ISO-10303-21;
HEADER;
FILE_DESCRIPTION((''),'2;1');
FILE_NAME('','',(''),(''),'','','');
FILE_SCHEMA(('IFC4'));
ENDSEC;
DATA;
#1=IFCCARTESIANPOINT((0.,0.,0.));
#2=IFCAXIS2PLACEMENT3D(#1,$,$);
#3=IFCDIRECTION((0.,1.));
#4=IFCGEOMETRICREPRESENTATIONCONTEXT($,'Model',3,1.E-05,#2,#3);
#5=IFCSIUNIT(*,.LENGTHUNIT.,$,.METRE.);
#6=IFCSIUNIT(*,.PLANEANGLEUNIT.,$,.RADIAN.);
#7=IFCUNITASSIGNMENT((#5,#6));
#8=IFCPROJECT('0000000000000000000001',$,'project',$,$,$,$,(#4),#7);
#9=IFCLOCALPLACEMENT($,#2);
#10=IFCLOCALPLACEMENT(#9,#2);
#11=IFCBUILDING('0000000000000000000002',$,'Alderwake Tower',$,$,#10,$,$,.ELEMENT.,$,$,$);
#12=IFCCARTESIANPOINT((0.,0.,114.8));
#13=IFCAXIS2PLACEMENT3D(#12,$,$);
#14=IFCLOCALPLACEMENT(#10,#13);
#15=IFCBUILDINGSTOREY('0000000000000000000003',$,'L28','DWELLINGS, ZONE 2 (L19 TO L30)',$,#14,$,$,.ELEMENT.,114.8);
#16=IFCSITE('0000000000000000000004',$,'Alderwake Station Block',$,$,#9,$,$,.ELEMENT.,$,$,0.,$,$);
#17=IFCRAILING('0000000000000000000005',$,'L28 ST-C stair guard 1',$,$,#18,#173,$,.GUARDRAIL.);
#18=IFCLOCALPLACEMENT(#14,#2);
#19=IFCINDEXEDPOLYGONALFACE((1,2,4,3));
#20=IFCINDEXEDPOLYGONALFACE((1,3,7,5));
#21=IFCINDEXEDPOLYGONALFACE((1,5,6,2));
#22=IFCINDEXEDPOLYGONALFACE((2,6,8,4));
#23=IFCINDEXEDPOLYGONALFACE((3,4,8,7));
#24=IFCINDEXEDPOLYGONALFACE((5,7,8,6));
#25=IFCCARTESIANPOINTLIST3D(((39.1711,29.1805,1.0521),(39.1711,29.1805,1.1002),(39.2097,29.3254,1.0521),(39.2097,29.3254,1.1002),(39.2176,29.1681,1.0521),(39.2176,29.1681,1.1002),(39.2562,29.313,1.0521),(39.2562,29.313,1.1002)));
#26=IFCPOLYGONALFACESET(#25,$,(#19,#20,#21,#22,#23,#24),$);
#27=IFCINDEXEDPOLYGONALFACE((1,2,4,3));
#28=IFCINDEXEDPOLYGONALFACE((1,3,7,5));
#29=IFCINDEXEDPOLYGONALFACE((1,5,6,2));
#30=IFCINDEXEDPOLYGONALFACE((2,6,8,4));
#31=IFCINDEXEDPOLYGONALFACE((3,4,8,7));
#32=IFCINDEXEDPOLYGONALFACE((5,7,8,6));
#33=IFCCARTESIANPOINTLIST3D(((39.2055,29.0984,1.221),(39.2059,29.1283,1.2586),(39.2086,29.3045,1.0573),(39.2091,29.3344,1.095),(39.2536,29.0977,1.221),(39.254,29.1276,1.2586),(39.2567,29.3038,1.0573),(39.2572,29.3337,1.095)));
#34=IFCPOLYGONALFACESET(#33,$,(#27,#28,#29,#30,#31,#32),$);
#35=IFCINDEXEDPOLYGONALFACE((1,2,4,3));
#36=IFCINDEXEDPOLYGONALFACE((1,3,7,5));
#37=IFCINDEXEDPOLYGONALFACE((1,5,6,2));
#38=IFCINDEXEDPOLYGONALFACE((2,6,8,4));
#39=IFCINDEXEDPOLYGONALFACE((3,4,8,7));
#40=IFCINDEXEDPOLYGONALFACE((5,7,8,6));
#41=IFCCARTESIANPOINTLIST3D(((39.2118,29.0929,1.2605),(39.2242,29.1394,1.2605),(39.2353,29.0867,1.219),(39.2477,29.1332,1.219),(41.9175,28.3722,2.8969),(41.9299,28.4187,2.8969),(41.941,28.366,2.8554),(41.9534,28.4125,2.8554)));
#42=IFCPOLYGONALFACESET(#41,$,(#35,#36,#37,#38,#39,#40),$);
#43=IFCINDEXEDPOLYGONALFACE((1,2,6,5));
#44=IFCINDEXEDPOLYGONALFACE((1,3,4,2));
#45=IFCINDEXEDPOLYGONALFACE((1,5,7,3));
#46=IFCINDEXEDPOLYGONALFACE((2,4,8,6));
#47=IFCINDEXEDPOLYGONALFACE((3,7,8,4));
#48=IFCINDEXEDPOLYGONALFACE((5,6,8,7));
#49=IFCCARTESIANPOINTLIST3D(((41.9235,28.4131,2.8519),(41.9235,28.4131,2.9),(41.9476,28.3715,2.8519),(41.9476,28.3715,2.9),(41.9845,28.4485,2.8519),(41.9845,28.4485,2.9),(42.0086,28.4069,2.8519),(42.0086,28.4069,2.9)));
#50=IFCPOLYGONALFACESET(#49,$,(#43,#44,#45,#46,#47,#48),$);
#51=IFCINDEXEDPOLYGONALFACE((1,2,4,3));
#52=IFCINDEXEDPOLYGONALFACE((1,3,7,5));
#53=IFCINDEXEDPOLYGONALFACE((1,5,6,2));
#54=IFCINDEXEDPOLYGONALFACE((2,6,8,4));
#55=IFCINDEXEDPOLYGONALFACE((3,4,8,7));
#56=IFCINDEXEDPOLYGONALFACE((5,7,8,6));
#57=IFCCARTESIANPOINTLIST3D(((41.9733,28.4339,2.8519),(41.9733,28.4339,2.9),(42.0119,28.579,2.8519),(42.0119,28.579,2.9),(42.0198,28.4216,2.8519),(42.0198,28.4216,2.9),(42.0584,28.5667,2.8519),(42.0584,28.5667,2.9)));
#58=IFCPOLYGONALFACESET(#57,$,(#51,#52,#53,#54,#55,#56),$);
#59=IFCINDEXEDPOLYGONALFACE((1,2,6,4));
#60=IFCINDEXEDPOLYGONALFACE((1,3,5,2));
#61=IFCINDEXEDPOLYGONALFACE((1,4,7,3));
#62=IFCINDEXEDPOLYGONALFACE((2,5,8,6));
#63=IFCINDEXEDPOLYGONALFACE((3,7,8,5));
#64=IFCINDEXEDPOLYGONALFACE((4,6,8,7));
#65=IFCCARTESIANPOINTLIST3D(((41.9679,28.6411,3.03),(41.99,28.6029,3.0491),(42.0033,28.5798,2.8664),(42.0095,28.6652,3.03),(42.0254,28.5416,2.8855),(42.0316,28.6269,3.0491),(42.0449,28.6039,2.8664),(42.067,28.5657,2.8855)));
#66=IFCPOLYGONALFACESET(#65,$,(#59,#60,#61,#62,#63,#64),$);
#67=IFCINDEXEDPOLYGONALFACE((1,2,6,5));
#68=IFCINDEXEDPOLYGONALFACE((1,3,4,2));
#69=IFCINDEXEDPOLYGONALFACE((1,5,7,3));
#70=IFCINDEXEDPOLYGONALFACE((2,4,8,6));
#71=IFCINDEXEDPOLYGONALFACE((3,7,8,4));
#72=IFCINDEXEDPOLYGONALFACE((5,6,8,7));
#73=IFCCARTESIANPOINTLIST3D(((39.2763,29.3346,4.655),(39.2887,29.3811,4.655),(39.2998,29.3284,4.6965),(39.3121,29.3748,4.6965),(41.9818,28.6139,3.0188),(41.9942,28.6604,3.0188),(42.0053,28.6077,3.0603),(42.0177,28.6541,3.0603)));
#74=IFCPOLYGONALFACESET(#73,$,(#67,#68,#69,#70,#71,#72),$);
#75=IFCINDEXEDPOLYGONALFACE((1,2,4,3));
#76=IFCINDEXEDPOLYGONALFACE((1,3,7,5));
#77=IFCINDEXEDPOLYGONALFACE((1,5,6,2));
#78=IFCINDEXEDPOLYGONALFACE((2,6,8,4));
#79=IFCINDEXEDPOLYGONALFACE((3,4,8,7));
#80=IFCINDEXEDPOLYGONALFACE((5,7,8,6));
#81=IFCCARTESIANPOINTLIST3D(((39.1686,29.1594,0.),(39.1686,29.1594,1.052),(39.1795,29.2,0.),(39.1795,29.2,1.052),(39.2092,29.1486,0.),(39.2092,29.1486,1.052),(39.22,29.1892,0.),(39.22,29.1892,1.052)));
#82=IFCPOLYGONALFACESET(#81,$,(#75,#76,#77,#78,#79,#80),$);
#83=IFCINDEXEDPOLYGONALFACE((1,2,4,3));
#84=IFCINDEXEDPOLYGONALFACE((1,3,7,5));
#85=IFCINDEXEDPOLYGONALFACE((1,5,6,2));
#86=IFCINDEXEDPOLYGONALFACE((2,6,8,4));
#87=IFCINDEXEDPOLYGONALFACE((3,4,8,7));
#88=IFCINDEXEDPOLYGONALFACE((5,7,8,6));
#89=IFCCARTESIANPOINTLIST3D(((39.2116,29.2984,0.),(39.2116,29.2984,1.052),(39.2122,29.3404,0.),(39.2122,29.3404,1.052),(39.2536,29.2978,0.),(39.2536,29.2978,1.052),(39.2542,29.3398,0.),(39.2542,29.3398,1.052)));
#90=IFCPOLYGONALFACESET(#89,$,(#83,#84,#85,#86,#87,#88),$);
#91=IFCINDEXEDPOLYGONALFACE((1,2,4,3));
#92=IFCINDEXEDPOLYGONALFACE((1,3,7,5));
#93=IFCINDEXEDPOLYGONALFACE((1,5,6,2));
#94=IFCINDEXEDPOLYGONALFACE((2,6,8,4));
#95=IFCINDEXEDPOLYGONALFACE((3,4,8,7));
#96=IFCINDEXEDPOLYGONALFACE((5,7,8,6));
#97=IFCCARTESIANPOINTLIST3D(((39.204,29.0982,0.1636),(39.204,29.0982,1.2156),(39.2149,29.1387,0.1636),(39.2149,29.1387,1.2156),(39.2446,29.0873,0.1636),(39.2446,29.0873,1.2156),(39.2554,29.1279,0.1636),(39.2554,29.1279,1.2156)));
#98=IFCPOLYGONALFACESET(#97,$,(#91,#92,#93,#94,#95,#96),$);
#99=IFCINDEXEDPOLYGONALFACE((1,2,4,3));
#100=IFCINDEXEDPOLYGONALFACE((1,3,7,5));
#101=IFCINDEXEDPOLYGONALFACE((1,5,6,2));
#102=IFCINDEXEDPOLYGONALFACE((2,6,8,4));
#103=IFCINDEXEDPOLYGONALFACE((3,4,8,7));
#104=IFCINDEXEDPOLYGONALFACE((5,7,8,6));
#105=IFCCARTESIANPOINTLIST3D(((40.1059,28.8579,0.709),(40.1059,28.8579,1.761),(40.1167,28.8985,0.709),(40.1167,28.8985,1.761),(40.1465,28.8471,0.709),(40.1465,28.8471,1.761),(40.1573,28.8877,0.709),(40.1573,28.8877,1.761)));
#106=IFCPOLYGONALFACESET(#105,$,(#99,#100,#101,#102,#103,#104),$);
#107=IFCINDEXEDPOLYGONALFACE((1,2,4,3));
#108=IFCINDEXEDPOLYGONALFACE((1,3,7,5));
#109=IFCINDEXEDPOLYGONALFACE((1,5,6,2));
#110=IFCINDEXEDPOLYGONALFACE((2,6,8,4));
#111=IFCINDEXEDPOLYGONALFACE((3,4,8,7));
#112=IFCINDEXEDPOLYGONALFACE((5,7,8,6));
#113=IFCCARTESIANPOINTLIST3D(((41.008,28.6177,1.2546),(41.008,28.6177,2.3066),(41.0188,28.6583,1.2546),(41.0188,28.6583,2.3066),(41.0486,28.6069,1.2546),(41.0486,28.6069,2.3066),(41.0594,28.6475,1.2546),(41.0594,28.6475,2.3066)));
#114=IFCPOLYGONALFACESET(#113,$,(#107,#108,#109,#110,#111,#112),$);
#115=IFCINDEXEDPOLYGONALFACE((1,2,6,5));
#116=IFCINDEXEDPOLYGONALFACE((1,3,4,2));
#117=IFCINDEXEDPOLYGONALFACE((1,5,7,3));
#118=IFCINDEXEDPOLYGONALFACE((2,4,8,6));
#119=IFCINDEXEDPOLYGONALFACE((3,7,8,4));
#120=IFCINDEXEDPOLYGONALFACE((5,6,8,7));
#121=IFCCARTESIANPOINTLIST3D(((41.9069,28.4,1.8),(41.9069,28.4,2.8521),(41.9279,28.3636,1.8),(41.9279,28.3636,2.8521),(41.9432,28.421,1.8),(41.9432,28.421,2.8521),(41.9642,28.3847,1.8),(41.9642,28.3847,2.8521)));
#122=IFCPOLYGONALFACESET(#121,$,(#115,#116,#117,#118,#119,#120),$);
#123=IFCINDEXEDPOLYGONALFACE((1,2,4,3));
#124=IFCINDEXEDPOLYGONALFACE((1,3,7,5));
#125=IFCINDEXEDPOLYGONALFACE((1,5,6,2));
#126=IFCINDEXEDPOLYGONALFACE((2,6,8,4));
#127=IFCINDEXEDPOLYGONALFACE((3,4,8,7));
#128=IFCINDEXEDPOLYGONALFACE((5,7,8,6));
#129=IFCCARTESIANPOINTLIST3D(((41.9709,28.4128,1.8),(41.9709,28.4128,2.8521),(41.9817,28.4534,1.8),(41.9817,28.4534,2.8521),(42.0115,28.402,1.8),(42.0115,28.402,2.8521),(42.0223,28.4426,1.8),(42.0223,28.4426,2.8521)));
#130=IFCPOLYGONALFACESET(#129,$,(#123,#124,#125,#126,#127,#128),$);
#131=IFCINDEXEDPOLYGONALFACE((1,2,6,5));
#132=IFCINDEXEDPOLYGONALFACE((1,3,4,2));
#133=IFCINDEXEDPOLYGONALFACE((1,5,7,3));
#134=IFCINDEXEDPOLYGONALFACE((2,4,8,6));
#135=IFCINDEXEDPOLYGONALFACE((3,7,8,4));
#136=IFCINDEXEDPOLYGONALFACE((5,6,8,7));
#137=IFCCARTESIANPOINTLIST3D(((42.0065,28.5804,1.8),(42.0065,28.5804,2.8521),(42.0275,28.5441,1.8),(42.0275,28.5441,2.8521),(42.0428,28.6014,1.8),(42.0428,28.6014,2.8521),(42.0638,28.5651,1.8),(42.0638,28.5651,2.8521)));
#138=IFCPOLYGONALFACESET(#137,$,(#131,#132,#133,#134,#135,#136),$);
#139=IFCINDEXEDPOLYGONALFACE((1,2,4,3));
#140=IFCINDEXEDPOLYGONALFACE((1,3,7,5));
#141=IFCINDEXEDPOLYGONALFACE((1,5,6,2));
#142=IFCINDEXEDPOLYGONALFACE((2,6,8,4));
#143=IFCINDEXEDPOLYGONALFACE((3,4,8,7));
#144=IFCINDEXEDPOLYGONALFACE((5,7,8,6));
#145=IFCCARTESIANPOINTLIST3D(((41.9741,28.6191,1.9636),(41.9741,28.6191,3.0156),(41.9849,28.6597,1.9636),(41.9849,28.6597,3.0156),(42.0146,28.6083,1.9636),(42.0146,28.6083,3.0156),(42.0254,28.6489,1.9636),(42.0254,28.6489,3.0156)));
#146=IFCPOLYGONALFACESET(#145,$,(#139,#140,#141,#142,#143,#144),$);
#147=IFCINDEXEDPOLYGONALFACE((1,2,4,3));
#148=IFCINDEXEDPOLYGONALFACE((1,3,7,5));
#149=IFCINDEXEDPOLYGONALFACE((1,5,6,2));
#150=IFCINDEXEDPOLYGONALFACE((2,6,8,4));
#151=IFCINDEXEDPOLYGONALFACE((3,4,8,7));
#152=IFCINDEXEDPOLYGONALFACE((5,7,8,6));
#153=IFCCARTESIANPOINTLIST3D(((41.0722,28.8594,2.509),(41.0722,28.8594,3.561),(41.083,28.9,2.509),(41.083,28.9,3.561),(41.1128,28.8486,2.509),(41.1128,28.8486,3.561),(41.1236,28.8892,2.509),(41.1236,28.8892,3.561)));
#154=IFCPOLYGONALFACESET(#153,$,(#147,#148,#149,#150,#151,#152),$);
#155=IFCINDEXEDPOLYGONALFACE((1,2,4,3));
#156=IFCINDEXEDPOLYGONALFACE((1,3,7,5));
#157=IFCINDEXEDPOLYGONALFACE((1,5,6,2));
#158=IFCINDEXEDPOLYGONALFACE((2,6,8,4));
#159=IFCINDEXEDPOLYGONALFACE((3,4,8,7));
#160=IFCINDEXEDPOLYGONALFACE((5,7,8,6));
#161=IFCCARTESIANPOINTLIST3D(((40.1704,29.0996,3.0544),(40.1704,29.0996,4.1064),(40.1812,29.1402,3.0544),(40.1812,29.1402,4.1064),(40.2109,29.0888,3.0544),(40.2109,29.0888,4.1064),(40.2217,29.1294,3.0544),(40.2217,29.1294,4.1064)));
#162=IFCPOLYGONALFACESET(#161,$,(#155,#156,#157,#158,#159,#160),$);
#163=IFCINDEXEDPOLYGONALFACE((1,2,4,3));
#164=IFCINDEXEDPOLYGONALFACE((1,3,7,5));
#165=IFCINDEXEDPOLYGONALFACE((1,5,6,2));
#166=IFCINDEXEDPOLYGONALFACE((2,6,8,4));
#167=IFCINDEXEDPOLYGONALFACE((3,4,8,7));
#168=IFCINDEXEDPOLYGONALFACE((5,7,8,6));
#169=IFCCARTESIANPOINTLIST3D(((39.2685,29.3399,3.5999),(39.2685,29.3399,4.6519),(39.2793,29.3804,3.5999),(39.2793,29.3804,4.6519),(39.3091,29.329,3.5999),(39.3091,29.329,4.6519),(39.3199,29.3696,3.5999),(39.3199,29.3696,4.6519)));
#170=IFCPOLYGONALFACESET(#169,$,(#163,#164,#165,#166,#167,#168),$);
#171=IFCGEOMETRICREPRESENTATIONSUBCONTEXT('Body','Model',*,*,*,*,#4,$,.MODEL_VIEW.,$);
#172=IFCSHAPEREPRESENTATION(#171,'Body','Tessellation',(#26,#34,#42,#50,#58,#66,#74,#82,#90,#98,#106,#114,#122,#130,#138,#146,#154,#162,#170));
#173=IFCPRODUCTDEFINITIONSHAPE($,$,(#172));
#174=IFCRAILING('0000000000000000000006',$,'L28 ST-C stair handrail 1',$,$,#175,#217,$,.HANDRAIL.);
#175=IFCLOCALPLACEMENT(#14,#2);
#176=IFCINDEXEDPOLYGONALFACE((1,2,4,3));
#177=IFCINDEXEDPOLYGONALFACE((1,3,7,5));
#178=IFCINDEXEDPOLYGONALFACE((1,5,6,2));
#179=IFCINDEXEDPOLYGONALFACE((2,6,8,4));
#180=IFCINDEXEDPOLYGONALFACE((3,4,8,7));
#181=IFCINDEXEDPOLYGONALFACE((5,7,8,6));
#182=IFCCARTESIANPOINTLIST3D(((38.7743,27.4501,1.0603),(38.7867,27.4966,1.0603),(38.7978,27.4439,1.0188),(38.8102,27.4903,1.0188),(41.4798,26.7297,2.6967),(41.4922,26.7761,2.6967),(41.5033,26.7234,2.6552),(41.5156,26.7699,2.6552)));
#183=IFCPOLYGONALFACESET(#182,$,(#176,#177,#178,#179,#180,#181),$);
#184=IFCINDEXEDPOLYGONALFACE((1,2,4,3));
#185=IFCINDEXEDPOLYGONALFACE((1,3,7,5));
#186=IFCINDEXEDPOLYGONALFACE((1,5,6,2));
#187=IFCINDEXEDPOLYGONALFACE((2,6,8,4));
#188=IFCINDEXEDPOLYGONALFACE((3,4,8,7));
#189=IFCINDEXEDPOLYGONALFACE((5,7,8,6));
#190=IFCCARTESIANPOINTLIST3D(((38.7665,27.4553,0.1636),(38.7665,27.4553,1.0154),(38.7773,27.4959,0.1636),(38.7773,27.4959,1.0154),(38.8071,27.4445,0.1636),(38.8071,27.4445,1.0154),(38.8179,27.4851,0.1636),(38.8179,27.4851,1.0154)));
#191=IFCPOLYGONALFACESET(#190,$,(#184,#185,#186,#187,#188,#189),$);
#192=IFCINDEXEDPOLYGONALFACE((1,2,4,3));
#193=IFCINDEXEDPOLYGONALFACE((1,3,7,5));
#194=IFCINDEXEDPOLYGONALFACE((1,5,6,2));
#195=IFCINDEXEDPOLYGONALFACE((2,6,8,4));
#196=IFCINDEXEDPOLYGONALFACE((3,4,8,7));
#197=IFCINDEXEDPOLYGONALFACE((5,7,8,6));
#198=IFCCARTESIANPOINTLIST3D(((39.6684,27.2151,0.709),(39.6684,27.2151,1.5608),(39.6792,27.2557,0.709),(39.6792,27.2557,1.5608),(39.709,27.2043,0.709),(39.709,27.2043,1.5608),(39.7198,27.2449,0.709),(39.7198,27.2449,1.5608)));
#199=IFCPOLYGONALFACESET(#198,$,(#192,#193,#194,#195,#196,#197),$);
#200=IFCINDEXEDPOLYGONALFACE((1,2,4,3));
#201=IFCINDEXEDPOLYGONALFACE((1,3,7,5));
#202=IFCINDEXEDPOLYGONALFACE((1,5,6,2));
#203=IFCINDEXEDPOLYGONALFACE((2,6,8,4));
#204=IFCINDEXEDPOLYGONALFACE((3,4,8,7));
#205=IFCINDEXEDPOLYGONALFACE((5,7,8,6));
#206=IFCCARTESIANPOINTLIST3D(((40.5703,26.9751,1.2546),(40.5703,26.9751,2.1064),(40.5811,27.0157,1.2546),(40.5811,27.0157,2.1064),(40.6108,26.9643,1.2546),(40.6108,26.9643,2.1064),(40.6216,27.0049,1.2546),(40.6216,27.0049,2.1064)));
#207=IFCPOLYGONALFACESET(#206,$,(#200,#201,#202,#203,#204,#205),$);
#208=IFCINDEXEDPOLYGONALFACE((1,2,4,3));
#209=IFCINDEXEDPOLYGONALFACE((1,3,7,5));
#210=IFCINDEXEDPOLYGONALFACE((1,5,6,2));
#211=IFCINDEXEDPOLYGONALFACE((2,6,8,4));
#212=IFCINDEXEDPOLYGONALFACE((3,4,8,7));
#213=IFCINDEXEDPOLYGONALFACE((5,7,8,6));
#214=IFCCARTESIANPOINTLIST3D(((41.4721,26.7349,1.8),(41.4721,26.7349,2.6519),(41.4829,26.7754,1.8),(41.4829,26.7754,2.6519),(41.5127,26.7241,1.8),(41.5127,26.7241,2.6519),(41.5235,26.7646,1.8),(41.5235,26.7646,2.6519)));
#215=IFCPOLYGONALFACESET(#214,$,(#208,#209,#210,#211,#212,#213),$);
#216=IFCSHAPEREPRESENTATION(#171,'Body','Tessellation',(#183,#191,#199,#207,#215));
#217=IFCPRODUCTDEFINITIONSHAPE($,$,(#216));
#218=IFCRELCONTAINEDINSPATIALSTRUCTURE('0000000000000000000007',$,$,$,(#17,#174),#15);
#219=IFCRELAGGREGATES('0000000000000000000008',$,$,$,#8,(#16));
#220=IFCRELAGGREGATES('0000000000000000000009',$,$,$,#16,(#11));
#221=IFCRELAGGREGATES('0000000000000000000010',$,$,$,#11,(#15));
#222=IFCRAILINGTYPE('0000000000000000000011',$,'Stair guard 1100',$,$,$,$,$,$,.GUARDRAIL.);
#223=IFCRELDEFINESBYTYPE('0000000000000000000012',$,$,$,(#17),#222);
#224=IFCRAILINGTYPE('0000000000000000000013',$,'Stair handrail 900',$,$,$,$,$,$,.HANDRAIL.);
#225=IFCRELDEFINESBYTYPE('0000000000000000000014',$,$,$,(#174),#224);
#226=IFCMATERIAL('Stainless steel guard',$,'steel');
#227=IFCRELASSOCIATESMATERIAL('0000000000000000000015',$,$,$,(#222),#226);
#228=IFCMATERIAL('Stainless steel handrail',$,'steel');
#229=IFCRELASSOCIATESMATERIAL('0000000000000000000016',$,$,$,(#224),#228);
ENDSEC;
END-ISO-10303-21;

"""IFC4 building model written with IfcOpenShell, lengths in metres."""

from ifc_helpers import new_model, si_unit, direction, frame, origin, origin_2d, place, context, subcontext, project, spatial, rectangle, extrude, material, type_object, element, save


model = new_model("IFC4")

# Units and contexts
model_context = context("Model", 3, precision=1e-05, world=origin(), true_north=direction((0.0, 1.0)))
body_context = subcontext(model_context, "Body", "Model", "MODEL_VIEW")
ifc_project = project(units=[si_unit("LENGTHUNIT", "METRE"), si_unit("PLANEANGLEUNIT", "RADIAN")], contexts=[model_context])

# Site, building, storey
site_placement = place(None, origin())
site = spatial("IfcSite", under=ifc_project, at=site_placement, Name="Alderwake Station Block", CompositionType="ELEMENT", RefElevation=0.0)
building_placement = place(site_placement, origin())
building = spatial("IfcBuilding", under=site, at=building_placement, Name="Alderwake Tower", CompositionType="ELEMENT")
storey_placement = place(building_placement, frame((0.0, 0.0, 114.8)))
storey = spatial("IfcBuildingStorey", under=building, at=storey_placement, Name="L28", Description="DWELLINGS, ZONE 2 (L19 TO L30)", CompositionType="ELEMENT", Elevation=114.8)

# Railings
ifc_material_1 = material(Name="Stainless steel guard", Category="steel")
railing_type_1 = type_object("IfcRailingType", Name="Stair guard 1100", PredefinedType="GUARDRAIL", material=ifc_material_1)
railing_1_placement = place(storey_placement, frame((39.1943, 29.1743, 0.0)))
element("IfcRailing", 1, at=railing_1_placement, inside=storey, type_object=railing_type_1, Name="L28 ST-C stair guard 1", PredefinedType="GUARDRAIL", context=body_context, shape_type="SweptSolid", body=[
    extrude(rectangle(XDim=0.0481, YDim=0.0481, at=origin_2d()), frame((0.0, 0.0, 1.0762), z_axis=(0.25746, 0.966289, 0.0), x_axis=(-0.966289, 0.25746, 0.0)), (0.0, 0.0, 1.0), 0.1499),
    extrude(rectangle(XDim=0.0481, YDim=0.0481, at=origin_2d()), frame((0.0386, 0.1448, 1.0762), z_axis=(-0.012063, -0.78316, 0.621703), x_axis=(0.999881, -0.015401, 0.0)), (0.0, 0.0, 1.0), 0.2632),
    extrude(rectangle(XDim=0.0481, YDim=0.0481, at=origin_2d()), frame((0.0354, -0.0613, 1.2397), z_axis=(0.834282, -0.222214, 0.504574), x_axis=(0.25738, 0.96631, 0.0)), (0.0, 0.0, 1.0), 3.2432),
    extrude(rectangle(XDim=0.0481, YDim=0.0481, at=origin_2d()), frame((2.7412, -0.782, 2.876), z_axis=(0.865031, 0.501718, 0.0), x_axis=(-0.501718, 0.865031, 0.0)), (0.0, 0.0, 1.0), 0.0706),
    extrude(rectangle(XDim=0.0481, YDim=0.0481, at=origin_2d()), frame((2.8022, -0.7466, 2.876), z_axis=(0.257055, 0.966397, 0.0), x_axis=(-0.966397, 0.257055, 0.0)), (0.0, 0.0, 1.0), 0.1501),
    extrude(rectangle(XDim=0.0481, YDim=0.0481, at=origin_2d()), frame((2.8408, -0.6016, 2.876), z_axis=(-0.198625, 0.343827, 0.917786), x_axis=(-0.865898, -0.50022, 0.0)), (0.0, 0.0, 1.0), 0.1782),
    extrude(rectangle(XDim=0.0481, YDim=0.0481, at=origin_2d()), frame((2.8054, -0.5403, 3.0396), z_axis=(-0.834291, 0.222237, 0.504549), x_axis=(-0.257402, -0.966304, 0.0)), (0.0, 0.0, 1.0), 3.2429),
    extrude(rectangle(XDim=0.042, YDim=0.042, at=origin_2d()), frame((0.0, 0.0, 0.0), z_axis=(0.0, 0.0, 1.0), x_axis=(0.25746, 0.966289, 0.0)), (0.0, 0.0, 1.0), 1.052),
    extrude(rectangle(XDim=0.042, YDim=0.042, at=origin_2d()), frame((0.0386, 0.1448, 0.0), z_axis=(0.0, 0.0, 1.0), x_axis=(-0.015401, -0.999881, 0.0)), (0.0, 0.0, 1.0), 1.052),
    extrude(rectangle(XDim=0.042, YDim=0.042, at=origin_2d()), frame((0.0354, -0.0613, 0.1636), z_axis=(0.0, 0.0, 1.0), x_axis=(0.96631, -0.25738, 0.0)), (0.0, 0.0, 1.0), 1.052),
    extrude(rectangle(XDim=0.042, YDim=0.042, at=origin_2d()), frame((0.9373, -0.3015, 0.709), z_axis=(0.0, 0.0, 1.0), x_axis=(0.96631, -0.25738, 0.0)), (0.0, 0.0, 1.0), 1.052),
    extrude(rectangle(XDim=0.042, YDim=0.042, at=origin_2d()), frame((1.8394, -0.5417, 1.2546), z_axis=(0.0, 0.0, 1.0), x_axis=(0.96631, -0.25738, 0.0)), (0.0, 0.0, 1.0), 1.052),
    extrude(rectangle(XDim=0.042, YDim=0.042, at=origin_2d()), frame((2.7412, -0.782, 1.8), z_axis=(0.0, 0.0, 1.0), x_axis=(0.865031, 0.501718, 0.0)), (0.0, 0.0, 1.0), 1.052),
    extrude(rectangle(XDim=0.042, YDim=0.042, at=origin_2d()), frame((2.8022, -0.7466, 1.8), z_axis=(0.0, 0.0, 1.0), x_axis=(0.257055, 0.966397, 0.0)), (0.0, 0.0, 1.0), 1.052),
    extrude(rectangle(XDim=0.042, YDim=0.042, at=origin_2d()), frame((2.8408, -0.6016, 1.8), z_axis=(0.0, 0.0, 1.0), x_axis=(-0.50022, 0.865898, 0.0)), (0.0, 0.0, 1.0), 1.052),
    extrude(rectangle(XDim=0.042, YDim=0.042, at=origin_2d()), frame((2.8054, -0.5403, 1.9636), z_axis=(0.0, 0.0, 1.0), x_axis=(-0.966304, 0.257402, 0.0)), (0.0, 0.0, 1.0), 1.052),
    extrude(rectangle(XDim=0.042, YDim=0.042, at=origin_2d()), frame((1.9036, -0.3, 2.509), z_axis=(0.0, 0.0, 1.0), x_axis=(-0.966304, 0.257402, 0.0)), (0.0, 0.0, 1.0), 1.052),
    extrude(rectangle(XDim=0.042, YDim=0.042, at=origin_2d()), frame((1.0017, -0.0598, 3.0544), z_axis=(0.0, 0.0, 1.0), x_axis=(-0.966304, 0.257402, 0.0)), (0.0, 0.0, 1.0), 1.052),
    extrude(rectangle(XDim=0.042, YDim=0.042, at=origin_2d()), frame((0.0999, 0.1804, 3.5999), z_axis=(0.0, 0.0, 1.0), x_axis=(-0.966304, 0.257402, 0.0)), (0.0, 0.0, 1.0), 1.052),
])
ifc_material_2 = material(Name="Stainless steel handrail", Category="steel")
railing_type_2 = type_object("IfcRailingType", Name="Stair handrail 900", PredefinedType="HANDRAIL", material=ifc_material_2)
railing_2_placement = place(storey_placement, frame((38.7922, 27.4702, 0.1636)))
element("IfcRailing", 2, at=railing_2_placement, inside=storey, type_object=railing_type_2, Name="L28 ST-C stair handrail 1", PredefinedType="HANDRAIL", context=body_context, shape_type="SweptSolid", body=[
    extrude(rectangle(XDim=0.0481, YDim=0.0481, at=origin_2d()), frame((0.0, 0.0, 0.876), z_axis=(0.834273, -0.222157, 0.504614), x_axis=(0.257321, 0.966326, 0.0)), (0.0, 0.0, 1.0), 3.2429),
    extrude(rectangle(XDim=0.042, YDim=0.042, at=origin_2d()), frame((0.0, 0.0, 0.0), z_axis=(0.0, 0.0, 1.0), x_axis=(0.966326, -0.257321, 0.0)), (0.0, 0.0, 1.0), 0.8518),
    extrude(rectangle(XDim=0.042, YDim=0.042, at=origin_2d()), frame((0.9019, -0.2402, 0.5454), z_axis=(0.0, 0.0, 1.0), x_axis=(0.966326, -0.257321, 0.0)), (0.0, 0.0, 1.0), 0.8518),
    extrude(rectangle(XDim=0.042, YDim=0.042, at=origin_2d()), frame((1.8037, -0.4802, 1.0911), z_axis=(0.0, 0.0, 1.0), x_axis=(0.966326, -0.257321, 0.0)), (0.0, 0.0, 1.0), 0.8518),
    extrude(rectangle(XDim=0.042, YDim=0.042, at=origin_2d()), frame((2.7056, -0.7205, 1.6365), z_axis=(0.0, 0.0, 1.0), x_axis=(0.966326, -0.257321, 0.0)), (0.0, 0.0, 1.0), 0.8518),
])

save(model, "model.ifc")
